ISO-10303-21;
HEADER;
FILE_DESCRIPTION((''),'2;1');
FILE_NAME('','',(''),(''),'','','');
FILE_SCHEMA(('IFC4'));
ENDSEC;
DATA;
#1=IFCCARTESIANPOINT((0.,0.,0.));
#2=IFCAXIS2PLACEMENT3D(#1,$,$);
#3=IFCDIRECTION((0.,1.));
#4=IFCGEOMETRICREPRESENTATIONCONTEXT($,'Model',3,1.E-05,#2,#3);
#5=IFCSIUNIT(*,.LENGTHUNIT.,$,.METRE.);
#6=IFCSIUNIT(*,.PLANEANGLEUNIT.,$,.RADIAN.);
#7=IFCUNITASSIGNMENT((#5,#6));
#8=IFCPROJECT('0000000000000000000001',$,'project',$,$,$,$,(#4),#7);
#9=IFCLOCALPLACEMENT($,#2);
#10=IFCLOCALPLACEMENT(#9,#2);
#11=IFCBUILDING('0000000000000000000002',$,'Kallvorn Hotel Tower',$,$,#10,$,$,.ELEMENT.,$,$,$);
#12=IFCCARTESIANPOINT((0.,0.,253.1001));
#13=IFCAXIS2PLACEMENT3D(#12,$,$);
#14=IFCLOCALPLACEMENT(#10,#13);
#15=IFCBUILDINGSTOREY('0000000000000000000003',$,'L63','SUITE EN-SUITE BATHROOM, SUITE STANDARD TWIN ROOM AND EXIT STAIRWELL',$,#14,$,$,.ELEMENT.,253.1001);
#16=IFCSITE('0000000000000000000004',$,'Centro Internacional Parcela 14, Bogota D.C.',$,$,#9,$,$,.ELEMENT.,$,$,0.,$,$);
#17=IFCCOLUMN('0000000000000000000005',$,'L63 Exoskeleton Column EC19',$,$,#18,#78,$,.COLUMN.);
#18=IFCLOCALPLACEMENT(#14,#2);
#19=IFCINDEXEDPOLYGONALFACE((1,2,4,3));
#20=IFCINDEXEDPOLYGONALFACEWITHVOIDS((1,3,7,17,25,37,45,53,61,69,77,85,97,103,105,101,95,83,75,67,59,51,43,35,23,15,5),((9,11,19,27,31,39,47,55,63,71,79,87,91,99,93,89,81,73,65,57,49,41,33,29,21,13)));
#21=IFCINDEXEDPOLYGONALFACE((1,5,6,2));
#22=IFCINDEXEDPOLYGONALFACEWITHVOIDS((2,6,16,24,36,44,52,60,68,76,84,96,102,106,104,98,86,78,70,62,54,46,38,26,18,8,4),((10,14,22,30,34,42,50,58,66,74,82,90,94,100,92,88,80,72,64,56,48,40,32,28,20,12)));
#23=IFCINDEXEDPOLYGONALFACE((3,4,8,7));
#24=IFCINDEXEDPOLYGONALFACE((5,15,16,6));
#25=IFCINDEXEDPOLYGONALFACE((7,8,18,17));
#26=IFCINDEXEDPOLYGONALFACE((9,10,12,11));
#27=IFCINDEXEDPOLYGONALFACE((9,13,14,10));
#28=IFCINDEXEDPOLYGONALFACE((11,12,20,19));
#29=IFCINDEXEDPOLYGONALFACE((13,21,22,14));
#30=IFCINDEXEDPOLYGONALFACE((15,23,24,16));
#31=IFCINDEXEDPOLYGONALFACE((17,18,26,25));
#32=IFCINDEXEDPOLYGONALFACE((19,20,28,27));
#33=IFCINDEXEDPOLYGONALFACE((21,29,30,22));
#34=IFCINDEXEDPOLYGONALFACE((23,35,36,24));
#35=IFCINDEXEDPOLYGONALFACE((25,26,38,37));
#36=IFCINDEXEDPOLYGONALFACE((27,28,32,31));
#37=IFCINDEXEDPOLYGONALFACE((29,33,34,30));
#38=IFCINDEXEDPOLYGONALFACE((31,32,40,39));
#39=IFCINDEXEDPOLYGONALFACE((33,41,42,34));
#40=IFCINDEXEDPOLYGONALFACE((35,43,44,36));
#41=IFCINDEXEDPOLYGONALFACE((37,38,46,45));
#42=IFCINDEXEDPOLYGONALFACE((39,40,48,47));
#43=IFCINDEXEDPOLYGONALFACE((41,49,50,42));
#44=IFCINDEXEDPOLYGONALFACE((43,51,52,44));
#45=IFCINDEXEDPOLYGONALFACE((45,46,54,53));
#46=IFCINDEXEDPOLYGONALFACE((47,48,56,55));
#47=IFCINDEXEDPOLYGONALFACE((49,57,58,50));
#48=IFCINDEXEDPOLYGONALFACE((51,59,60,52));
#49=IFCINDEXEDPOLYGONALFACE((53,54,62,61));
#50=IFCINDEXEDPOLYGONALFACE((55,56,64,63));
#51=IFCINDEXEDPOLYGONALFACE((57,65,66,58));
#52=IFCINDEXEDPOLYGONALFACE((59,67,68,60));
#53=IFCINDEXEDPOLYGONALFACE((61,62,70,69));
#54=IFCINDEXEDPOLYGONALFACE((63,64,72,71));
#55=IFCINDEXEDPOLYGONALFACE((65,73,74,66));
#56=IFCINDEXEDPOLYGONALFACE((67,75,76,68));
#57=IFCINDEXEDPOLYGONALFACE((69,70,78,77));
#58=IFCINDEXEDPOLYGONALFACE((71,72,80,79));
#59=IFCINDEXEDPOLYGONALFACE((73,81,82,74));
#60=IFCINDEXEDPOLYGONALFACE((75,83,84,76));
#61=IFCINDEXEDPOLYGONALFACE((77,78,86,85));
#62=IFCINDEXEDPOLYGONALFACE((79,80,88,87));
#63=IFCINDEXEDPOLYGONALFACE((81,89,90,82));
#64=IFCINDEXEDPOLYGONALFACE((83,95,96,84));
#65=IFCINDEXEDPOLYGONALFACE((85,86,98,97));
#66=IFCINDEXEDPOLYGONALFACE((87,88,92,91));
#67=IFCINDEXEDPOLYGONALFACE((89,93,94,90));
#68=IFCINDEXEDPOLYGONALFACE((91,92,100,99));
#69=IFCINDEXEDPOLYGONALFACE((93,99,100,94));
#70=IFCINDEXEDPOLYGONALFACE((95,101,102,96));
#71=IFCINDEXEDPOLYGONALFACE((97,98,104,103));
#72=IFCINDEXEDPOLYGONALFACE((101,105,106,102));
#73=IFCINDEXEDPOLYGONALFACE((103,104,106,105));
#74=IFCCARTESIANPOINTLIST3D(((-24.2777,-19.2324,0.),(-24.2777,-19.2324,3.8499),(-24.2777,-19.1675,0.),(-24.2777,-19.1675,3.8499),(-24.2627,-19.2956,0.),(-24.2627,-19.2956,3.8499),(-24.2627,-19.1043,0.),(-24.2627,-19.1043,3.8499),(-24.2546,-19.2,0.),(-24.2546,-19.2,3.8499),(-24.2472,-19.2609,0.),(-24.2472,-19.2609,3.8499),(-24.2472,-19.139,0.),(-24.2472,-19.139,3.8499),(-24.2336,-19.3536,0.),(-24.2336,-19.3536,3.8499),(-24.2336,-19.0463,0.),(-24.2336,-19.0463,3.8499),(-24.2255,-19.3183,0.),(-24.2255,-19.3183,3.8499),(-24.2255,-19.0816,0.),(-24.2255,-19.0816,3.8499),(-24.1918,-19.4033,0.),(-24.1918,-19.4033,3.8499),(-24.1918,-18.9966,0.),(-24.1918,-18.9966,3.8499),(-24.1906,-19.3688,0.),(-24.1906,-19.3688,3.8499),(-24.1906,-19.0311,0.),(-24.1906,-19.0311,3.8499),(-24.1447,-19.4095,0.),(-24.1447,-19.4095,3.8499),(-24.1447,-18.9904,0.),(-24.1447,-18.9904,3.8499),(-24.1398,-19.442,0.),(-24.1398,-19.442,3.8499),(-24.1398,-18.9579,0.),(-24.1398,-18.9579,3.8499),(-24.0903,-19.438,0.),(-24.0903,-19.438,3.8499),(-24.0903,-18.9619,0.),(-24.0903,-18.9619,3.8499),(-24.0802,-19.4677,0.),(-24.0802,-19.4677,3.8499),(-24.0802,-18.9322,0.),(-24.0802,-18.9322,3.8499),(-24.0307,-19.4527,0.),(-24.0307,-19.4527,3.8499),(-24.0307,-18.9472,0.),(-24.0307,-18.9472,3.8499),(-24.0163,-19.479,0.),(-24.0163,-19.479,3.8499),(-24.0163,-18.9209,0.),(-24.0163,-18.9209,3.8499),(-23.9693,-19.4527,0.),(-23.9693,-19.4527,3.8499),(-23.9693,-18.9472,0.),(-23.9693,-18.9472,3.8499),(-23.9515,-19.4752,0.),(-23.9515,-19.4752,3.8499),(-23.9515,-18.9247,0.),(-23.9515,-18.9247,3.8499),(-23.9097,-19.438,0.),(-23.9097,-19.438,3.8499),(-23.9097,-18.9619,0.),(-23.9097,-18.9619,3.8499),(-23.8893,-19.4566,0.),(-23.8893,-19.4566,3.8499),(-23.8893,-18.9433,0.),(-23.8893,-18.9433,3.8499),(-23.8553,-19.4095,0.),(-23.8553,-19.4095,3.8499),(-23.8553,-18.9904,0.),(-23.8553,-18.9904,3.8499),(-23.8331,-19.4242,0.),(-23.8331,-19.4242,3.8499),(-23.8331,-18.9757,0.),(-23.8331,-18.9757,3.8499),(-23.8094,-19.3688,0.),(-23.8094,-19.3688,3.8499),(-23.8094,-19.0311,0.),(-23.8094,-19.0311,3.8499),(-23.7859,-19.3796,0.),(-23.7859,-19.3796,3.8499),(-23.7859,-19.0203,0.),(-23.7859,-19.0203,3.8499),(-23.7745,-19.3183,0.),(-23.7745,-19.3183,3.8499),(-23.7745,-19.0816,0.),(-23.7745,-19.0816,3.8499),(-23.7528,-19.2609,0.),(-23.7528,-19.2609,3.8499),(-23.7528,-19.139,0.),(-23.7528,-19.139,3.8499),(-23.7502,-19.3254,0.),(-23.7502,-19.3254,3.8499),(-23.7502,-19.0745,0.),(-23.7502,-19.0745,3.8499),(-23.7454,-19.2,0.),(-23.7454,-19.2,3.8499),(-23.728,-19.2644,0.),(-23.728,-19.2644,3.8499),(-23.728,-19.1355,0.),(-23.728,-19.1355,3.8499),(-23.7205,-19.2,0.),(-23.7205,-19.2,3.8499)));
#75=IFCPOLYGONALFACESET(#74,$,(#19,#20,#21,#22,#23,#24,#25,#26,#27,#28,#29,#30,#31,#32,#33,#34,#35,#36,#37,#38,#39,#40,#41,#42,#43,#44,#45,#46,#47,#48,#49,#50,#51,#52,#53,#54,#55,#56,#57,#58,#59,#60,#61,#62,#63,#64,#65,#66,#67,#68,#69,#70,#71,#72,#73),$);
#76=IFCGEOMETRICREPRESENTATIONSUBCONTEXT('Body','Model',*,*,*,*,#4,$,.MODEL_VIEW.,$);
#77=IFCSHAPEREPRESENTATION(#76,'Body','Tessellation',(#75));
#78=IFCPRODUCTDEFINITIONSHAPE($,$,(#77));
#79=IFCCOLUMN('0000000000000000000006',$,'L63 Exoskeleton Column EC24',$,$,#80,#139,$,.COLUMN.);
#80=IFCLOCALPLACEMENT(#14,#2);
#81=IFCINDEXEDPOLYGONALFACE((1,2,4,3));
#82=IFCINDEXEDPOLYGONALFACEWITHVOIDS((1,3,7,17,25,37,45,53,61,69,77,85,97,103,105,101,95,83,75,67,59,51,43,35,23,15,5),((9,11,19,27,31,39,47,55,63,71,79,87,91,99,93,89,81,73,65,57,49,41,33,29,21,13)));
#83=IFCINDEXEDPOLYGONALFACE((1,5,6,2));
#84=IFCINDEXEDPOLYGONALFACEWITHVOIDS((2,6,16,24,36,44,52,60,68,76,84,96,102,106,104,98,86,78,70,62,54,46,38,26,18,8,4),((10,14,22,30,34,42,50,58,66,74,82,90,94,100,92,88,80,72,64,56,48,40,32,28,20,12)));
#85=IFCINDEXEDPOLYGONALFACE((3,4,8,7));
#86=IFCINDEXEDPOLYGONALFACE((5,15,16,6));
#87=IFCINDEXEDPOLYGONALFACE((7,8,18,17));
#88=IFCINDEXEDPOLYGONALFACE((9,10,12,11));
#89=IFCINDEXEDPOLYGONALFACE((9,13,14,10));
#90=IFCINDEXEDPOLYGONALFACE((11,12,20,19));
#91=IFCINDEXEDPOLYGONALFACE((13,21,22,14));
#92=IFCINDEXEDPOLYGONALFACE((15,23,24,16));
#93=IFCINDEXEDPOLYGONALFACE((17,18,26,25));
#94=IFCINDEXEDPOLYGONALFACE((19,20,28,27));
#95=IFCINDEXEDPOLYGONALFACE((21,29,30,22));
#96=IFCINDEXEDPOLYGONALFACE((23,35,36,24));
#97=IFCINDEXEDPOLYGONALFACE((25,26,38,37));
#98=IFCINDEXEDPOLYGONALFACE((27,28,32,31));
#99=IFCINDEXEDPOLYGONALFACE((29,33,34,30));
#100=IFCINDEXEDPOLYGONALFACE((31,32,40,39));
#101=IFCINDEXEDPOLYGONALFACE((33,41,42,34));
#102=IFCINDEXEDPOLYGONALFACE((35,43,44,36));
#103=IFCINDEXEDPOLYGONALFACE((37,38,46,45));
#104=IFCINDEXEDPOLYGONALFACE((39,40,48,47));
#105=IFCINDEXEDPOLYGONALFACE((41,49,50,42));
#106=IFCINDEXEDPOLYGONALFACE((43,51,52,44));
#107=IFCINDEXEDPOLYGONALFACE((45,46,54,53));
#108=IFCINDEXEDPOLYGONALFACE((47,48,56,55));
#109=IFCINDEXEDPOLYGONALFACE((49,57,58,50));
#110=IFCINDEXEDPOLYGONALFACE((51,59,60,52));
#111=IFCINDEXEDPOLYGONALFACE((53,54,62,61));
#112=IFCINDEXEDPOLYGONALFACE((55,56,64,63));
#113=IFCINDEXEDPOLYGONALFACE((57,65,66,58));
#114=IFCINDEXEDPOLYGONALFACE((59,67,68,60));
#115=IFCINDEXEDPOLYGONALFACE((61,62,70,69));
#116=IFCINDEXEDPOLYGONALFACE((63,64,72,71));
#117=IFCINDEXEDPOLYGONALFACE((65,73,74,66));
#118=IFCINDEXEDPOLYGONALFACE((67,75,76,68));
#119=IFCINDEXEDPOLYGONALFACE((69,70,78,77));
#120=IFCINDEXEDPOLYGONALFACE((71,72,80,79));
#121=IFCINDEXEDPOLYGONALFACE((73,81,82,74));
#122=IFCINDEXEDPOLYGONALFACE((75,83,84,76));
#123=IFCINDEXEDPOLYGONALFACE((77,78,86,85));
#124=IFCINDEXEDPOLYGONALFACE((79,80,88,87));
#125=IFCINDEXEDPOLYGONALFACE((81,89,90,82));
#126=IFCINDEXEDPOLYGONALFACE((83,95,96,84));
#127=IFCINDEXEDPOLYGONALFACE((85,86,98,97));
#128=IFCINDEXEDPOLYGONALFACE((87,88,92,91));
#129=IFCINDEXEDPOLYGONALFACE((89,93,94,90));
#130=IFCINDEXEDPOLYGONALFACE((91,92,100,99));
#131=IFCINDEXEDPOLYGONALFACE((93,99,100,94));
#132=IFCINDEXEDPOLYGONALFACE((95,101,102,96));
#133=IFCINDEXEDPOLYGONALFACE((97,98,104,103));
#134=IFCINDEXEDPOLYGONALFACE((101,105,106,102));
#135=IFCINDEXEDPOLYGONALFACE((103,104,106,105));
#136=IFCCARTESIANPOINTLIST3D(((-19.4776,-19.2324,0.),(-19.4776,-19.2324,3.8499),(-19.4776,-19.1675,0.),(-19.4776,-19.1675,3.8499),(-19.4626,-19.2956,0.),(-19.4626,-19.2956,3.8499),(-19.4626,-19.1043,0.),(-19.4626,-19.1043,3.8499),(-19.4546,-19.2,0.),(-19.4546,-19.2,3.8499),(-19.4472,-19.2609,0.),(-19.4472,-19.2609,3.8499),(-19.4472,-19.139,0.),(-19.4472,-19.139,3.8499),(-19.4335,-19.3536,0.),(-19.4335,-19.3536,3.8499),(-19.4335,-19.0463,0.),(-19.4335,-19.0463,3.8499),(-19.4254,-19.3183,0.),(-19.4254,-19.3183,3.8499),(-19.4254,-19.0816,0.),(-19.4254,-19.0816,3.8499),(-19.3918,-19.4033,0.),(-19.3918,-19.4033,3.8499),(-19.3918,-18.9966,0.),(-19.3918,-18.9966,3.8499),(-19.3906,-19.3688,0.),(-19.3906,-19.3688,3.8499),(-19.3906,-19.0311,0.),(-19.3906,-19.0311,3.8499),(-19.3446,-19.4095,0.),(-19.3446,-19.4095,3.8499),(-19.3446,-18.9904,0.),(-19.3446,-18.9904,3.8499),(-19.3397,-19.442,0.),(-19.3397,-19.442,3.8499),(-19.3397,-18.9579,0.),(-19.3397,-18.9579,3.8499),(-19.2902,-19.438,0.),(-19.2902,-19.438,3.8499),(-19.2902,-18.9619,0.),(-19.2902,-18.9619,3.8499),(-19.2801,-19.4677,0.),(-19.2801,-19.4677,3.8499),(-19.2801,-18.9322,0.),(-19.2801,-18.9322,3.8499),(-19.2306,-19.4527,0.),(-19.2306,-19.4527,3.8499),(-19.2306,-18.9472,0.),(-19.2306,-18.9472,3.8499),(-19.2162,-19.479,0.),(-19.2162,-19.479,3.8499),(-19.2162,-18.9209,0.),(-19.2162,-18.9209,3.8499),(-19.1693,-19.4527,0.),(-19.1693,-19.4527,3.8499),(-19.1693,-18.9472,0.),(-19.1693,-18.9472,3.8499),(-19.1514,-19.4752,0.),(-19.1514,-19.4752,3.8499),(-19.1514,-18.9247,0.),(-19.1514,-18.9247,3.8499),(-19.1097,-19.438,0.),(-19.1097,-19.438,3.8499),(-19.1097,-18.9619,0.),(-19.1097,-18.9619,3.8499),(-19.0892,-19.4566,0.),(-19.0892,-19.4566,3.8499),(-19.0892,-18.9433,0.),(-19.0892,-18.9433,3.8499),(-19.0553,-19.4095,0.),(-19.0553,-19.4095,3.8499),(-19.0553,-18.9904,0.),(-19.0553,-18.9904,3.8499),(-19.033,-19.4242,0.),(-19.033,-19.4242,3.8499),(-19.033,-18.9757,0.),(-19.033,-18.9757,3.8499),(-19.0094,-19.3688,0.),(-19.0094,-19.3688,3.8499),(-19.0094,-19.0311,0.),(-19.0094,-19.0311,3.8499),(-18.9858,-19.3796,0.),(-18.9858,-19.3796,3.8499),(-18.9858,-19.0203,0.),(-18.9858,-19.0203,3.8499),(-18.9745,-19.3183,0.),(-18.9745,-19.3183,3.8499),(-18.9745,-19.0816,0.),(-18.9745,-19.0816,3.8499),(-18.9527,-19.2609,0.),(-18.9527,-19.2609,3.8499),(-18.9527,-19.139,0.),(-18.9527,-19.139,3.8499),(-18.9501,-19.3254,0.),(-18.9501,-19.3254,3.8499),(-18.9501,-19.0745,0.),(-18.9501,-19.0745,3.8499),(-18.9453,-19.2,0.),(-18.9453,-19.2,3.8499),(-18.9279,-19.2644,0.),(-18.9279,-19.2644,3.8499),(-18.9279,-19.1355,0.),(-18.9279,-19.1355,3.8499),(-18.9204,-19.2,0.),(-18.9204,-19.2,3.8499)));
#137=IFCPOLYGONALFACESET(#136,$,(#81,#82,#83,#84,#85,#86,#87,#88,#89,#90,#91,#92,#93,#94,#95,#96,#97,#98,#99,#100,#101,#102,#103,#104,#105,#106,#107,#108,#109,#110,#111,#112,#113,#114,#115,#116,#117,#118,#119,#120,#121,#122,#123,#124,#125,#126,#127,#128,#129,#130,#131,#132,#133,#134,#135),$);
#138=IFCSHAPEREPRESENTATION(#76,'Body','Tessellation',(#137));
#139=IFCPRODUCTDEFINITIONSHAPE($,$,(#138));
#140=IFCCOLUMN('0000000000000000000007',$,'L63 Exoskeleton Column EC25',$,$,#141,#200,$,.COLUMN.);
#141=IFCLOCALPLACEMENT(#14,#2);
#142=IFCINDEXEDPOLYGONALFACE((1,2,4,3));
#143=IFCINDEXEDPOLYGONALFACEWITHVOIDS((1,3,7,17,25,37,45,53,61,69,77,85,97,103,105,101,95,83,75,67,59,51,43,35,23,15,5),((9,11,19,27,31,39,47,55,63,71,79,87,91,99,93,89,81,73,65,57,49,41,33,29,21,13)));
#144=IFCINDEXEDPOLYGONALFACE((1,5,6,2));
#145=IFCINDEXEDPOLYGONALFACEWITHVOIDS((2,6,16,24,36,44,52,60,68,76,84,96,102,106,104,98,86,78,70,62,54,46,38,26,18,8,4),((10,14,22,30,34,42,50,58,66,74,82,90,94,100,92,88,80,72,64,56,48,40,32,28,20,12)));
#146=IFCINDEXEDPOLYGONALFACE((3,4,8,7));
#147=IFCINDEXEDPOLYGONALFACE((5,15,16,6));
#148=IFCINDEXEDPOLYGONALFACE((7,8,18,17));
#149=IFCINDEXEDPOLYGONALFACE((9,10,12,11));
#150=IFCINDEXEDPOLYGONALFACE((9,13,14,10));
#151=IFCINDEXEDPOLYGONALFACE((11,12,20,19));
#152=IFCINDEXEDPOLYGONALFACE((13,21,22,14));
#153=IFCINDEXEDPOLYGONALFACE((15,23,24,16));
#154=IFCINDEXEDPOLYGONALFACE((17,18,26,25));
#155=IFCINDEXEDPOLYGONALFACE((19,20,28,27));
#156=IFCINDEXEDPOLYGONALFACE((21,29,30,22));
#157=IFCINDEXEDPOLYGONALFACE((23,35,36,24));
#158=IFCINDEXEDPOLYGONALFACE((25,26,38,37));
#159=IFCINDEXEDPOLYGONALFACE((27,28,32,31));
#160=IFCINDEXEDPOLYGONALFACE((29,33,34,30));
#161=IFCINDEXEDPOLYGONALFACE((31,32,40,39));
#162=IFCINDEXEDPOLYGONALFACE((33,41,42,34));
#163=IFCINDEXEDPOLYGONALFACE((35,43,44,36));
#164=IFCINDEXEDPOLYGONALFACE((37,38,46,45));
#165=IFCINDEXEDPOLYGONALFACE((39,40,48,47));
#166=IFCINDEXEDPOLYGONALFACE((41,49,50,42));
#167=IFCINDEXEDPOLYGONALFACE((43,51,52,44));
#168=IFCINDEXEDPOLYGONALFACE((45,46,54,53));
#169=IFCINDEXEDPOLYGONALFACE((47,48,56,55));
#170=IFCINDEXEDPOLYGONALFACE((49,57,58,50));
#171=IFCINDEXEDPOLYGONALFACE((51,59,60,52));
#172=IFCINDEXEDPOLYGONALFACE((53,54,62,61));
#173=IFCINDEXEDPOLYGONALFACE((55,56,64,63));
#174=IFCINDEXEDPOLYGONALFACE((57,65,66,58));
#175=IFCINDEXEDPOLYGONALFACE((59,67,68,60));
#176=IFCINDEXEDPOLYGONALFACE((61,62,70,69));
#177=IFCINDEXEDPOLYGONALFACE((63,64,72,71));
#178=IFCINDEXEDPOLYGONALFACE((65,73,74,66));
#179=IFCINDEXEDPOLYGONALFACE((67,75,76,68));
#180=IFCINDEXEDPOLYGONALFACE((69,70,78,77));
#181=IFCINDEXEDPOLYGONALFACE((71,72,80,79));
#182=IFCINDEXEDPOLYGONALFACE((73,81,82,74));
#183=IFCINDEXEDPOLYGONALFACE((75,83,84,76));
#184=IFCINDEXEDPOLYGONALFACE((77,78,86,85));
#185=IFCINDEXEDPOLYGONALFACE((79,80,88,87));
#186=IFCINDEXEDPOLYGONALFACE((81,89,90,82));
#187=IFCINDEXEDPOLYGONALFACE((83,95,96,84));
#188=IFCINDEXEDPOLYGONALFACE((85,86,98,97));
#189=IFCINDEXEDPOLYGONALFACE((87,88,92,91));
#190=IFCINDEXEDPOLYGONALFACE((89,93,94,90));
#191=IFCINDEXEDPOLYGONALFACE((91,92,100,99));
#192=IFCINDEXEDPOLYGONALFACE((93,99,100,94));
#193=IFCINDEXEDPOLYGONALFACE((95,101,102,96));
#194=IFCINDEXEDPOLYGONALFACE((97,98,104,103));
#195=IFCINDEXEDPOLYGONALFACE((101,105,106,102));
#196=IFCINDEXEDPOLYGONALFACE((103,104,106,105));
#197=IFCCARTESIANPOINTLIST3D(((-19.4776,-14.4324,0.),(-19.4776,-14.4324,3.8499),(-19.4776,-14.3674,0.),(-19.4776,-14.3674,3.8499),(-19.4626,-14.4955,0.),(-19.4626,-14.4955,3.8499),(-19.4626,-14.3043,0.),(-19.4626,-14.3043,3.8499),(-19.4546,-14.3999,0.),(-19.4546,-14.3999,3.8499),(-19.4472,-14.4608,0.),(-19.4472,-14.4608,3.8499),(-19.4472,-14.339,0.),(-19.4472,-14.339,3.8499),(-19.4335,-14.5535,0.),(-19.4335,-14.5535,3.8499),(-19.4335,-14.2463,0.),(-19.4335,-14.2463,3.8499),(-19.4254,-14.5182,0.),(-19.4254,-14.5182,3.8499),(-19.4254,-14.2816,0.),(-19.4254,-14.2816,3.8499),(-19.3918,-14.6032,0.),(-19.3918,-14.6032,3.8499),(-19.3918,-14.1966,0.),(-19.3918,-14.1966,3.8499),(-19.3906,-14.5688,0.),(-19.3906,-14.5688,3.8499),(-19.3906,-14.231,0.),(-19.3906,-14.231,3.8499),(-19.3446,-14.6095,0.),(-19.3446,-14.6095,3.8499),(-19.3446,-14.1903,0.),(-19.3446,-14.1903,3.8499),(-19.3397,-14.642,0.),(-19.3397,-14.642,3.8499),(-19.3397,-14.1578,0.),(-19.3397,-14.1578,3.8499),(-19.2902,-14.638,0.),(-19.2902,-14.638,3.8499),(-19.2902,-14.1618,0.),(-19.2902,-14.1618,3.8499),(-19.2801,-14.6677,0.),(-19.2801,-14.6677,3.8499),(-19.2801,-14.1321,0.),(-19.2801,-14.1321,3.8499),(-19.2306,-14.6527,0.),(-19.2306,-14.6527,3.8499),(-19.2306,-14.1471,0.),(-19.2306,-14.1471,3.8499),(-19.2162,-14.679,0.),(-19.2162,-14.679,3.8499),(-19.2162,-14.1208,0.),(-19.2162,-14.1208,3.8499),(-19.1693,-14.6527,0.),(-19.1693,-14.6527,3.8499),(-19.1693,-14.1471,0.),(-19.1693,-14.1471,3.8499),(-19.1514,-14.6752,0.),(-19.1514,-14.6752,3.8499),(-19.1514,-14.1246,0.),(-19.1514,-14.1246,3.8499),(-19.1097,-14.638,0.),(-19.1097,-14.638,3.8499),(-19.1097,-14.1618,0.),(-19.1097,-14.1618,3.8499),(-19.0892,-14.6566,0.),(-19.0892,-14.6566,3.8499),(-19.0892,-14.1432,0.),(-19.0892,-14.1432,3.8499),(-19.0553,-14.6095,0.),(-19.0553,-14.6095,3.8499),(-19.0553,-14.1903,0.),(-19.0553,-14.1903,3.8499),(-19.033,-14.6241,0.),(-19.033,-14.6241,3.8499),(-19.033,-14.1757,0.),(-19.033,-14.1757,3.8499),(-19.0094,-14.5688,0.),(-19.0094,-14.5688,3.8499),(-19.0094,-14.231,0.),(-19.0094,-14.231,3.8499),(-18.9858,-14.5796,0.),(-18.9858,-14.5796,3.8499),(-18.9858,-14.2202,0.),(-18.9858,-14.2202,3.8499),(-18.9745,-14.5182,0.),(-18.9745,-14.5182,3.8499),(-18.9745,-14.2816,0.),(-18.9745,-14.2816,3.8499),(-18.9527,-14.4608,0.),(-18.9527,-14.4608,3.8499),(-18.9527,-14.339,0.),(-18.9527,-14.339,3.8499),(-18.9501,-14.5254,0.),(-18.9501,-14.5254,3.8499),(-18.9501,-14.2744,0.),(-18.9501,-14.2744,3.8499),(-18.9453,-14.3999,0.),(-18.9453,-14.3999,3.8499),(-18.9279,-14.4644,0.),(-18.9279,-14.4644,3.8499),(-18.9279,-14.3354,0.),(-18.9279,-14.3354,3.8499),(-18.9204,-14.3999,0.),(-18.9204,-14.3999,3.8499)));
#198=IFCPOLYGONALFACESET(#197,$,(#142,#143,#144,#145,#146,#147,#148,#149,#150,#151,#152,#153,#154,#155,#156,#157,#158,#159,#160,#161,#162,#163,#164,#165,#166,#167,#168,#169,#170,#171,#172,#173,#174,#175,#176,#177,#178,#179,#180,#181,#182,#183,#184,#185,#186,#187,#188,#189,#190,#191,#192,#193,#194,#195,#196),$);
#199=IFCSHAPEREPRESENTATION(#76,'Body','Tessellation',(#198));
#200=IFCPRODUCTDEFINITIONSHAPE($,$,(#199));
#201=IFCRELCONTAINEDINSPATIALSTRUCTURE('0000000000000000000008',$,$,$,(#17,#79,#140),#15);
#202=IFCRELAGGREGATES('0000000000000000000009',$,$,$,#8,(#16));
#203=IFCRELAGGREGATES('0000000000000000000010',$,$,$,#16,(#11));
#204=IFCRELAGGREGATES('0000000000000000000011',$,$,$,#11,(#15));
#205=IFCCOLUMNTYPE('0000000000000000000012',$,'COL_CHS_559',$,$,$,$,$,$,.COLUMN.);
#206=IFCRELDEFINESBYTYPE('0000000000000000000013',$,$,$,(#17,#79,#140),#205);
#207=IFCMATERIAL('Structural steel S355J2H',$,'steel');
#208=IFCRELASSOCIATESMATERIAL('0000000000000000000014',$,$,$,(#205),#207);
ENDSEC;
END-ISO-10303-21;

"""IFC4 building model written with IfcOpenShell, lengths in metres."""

from ifc_helpers import new_model, si_unit, direction, frame, origin, origin_2d, place, context, subcontext, project, spatial, hollow_circle, extrude, material, material_profile, profile_set, type_object, element, save


model = new_model("IFC4")

# Units and contexts
model_context = context("Model", 3, precision=1e-05, world=origin(), true_north=direction((0.0, 1.0)))
body_context = subcontext(model_context, "Body", "Model", "MODEL_VIEW")
ifc_project = project(units=[si_unit("LENGTHUNIT", "METRE"), si_unit("PLANEANGLEUNIT", "RADIAN")], contexts=[model_context])

# Site, building, storey
site_placement = place(None, origin())
site = spatial("IfcSite", under=ifc_project, at=site_placement, Name="Centro Internacional Parcela 14, Bogota D.C.", CompositionType="ELEMENT", RefElevation=0.0)
building_placement = place(site_placement, origin())
building = spatial("IfcBuilding", under=site, at=building_placement, Name="Kallvorn Hotel Tower", CompositionType="ELEMENT")
storey_placement = place(building_placement, frame((0.0, 0.0, 253.1001)))
storey = spatial("IfcBuildingStorey", under=building, at=storey_placement, Name="L63", Description="SUITE EN-SUITE BATHROOM, SUITE STANDARD TWIN ROOM AND EXIT STAIRWELL", CompositionType="ELEMENT", Elevation=253.1001)

# Columns
ifc_material_1 = material(Name="Structural steel S355J2H", Category="steel")
ifc_material_profile_1 = material_profile(ifc_material_1, hollow_circle(Radius=0.2795, WallThickness=0.0249, at=origin_2d()), Name="CHS 559x25")
ifc_profile_set_1 = profile_set([ifc_material_profile_1], Name="Structural steel S355J2H")
column_type_1 = type_object("IfcColumnType", Name="COL_CHS_559", PredefinedType="COLUMN", material=ifc_profile_set_1)
for number, where, z_axis, x_axis, name in (
    (1, (-24.0, -19.2, 0.0), (0.0, 0.0, 1.0), (1.0, 0.0, 0.0), "L63 Exoskeleton Column EC19"),
    (2, (-19.2, -19.2, 0.0), (0.0, 0.0, 1.0), (1.0, 0.0, 0.0), "L63 Exoskeleton Column EC24"),
    (3, (-19.2, -14.3999, 0.0), (0.0, 0.0, 1.0), (1.0, 0.0, 0.0), "L63 Exoskeleton Column EC25"),
):
    element("IfcColumn", number, at=place(storey_placement, frame(where, z_axis=z_axis, x_axis=x_axis)), inside=storey, type_object=column_type_1, Name=name, PredefinedType="COLUMN", context=body_context, shape_type="SweptSolid", body=[
        extrude(hollow_circle(Radius=0.2795, WallThickness=0.0249, at=origin_2d()), origin(), (0.0, 0.0, 1.0), 3.8499),
    ])

save(model, "model.ifc")
